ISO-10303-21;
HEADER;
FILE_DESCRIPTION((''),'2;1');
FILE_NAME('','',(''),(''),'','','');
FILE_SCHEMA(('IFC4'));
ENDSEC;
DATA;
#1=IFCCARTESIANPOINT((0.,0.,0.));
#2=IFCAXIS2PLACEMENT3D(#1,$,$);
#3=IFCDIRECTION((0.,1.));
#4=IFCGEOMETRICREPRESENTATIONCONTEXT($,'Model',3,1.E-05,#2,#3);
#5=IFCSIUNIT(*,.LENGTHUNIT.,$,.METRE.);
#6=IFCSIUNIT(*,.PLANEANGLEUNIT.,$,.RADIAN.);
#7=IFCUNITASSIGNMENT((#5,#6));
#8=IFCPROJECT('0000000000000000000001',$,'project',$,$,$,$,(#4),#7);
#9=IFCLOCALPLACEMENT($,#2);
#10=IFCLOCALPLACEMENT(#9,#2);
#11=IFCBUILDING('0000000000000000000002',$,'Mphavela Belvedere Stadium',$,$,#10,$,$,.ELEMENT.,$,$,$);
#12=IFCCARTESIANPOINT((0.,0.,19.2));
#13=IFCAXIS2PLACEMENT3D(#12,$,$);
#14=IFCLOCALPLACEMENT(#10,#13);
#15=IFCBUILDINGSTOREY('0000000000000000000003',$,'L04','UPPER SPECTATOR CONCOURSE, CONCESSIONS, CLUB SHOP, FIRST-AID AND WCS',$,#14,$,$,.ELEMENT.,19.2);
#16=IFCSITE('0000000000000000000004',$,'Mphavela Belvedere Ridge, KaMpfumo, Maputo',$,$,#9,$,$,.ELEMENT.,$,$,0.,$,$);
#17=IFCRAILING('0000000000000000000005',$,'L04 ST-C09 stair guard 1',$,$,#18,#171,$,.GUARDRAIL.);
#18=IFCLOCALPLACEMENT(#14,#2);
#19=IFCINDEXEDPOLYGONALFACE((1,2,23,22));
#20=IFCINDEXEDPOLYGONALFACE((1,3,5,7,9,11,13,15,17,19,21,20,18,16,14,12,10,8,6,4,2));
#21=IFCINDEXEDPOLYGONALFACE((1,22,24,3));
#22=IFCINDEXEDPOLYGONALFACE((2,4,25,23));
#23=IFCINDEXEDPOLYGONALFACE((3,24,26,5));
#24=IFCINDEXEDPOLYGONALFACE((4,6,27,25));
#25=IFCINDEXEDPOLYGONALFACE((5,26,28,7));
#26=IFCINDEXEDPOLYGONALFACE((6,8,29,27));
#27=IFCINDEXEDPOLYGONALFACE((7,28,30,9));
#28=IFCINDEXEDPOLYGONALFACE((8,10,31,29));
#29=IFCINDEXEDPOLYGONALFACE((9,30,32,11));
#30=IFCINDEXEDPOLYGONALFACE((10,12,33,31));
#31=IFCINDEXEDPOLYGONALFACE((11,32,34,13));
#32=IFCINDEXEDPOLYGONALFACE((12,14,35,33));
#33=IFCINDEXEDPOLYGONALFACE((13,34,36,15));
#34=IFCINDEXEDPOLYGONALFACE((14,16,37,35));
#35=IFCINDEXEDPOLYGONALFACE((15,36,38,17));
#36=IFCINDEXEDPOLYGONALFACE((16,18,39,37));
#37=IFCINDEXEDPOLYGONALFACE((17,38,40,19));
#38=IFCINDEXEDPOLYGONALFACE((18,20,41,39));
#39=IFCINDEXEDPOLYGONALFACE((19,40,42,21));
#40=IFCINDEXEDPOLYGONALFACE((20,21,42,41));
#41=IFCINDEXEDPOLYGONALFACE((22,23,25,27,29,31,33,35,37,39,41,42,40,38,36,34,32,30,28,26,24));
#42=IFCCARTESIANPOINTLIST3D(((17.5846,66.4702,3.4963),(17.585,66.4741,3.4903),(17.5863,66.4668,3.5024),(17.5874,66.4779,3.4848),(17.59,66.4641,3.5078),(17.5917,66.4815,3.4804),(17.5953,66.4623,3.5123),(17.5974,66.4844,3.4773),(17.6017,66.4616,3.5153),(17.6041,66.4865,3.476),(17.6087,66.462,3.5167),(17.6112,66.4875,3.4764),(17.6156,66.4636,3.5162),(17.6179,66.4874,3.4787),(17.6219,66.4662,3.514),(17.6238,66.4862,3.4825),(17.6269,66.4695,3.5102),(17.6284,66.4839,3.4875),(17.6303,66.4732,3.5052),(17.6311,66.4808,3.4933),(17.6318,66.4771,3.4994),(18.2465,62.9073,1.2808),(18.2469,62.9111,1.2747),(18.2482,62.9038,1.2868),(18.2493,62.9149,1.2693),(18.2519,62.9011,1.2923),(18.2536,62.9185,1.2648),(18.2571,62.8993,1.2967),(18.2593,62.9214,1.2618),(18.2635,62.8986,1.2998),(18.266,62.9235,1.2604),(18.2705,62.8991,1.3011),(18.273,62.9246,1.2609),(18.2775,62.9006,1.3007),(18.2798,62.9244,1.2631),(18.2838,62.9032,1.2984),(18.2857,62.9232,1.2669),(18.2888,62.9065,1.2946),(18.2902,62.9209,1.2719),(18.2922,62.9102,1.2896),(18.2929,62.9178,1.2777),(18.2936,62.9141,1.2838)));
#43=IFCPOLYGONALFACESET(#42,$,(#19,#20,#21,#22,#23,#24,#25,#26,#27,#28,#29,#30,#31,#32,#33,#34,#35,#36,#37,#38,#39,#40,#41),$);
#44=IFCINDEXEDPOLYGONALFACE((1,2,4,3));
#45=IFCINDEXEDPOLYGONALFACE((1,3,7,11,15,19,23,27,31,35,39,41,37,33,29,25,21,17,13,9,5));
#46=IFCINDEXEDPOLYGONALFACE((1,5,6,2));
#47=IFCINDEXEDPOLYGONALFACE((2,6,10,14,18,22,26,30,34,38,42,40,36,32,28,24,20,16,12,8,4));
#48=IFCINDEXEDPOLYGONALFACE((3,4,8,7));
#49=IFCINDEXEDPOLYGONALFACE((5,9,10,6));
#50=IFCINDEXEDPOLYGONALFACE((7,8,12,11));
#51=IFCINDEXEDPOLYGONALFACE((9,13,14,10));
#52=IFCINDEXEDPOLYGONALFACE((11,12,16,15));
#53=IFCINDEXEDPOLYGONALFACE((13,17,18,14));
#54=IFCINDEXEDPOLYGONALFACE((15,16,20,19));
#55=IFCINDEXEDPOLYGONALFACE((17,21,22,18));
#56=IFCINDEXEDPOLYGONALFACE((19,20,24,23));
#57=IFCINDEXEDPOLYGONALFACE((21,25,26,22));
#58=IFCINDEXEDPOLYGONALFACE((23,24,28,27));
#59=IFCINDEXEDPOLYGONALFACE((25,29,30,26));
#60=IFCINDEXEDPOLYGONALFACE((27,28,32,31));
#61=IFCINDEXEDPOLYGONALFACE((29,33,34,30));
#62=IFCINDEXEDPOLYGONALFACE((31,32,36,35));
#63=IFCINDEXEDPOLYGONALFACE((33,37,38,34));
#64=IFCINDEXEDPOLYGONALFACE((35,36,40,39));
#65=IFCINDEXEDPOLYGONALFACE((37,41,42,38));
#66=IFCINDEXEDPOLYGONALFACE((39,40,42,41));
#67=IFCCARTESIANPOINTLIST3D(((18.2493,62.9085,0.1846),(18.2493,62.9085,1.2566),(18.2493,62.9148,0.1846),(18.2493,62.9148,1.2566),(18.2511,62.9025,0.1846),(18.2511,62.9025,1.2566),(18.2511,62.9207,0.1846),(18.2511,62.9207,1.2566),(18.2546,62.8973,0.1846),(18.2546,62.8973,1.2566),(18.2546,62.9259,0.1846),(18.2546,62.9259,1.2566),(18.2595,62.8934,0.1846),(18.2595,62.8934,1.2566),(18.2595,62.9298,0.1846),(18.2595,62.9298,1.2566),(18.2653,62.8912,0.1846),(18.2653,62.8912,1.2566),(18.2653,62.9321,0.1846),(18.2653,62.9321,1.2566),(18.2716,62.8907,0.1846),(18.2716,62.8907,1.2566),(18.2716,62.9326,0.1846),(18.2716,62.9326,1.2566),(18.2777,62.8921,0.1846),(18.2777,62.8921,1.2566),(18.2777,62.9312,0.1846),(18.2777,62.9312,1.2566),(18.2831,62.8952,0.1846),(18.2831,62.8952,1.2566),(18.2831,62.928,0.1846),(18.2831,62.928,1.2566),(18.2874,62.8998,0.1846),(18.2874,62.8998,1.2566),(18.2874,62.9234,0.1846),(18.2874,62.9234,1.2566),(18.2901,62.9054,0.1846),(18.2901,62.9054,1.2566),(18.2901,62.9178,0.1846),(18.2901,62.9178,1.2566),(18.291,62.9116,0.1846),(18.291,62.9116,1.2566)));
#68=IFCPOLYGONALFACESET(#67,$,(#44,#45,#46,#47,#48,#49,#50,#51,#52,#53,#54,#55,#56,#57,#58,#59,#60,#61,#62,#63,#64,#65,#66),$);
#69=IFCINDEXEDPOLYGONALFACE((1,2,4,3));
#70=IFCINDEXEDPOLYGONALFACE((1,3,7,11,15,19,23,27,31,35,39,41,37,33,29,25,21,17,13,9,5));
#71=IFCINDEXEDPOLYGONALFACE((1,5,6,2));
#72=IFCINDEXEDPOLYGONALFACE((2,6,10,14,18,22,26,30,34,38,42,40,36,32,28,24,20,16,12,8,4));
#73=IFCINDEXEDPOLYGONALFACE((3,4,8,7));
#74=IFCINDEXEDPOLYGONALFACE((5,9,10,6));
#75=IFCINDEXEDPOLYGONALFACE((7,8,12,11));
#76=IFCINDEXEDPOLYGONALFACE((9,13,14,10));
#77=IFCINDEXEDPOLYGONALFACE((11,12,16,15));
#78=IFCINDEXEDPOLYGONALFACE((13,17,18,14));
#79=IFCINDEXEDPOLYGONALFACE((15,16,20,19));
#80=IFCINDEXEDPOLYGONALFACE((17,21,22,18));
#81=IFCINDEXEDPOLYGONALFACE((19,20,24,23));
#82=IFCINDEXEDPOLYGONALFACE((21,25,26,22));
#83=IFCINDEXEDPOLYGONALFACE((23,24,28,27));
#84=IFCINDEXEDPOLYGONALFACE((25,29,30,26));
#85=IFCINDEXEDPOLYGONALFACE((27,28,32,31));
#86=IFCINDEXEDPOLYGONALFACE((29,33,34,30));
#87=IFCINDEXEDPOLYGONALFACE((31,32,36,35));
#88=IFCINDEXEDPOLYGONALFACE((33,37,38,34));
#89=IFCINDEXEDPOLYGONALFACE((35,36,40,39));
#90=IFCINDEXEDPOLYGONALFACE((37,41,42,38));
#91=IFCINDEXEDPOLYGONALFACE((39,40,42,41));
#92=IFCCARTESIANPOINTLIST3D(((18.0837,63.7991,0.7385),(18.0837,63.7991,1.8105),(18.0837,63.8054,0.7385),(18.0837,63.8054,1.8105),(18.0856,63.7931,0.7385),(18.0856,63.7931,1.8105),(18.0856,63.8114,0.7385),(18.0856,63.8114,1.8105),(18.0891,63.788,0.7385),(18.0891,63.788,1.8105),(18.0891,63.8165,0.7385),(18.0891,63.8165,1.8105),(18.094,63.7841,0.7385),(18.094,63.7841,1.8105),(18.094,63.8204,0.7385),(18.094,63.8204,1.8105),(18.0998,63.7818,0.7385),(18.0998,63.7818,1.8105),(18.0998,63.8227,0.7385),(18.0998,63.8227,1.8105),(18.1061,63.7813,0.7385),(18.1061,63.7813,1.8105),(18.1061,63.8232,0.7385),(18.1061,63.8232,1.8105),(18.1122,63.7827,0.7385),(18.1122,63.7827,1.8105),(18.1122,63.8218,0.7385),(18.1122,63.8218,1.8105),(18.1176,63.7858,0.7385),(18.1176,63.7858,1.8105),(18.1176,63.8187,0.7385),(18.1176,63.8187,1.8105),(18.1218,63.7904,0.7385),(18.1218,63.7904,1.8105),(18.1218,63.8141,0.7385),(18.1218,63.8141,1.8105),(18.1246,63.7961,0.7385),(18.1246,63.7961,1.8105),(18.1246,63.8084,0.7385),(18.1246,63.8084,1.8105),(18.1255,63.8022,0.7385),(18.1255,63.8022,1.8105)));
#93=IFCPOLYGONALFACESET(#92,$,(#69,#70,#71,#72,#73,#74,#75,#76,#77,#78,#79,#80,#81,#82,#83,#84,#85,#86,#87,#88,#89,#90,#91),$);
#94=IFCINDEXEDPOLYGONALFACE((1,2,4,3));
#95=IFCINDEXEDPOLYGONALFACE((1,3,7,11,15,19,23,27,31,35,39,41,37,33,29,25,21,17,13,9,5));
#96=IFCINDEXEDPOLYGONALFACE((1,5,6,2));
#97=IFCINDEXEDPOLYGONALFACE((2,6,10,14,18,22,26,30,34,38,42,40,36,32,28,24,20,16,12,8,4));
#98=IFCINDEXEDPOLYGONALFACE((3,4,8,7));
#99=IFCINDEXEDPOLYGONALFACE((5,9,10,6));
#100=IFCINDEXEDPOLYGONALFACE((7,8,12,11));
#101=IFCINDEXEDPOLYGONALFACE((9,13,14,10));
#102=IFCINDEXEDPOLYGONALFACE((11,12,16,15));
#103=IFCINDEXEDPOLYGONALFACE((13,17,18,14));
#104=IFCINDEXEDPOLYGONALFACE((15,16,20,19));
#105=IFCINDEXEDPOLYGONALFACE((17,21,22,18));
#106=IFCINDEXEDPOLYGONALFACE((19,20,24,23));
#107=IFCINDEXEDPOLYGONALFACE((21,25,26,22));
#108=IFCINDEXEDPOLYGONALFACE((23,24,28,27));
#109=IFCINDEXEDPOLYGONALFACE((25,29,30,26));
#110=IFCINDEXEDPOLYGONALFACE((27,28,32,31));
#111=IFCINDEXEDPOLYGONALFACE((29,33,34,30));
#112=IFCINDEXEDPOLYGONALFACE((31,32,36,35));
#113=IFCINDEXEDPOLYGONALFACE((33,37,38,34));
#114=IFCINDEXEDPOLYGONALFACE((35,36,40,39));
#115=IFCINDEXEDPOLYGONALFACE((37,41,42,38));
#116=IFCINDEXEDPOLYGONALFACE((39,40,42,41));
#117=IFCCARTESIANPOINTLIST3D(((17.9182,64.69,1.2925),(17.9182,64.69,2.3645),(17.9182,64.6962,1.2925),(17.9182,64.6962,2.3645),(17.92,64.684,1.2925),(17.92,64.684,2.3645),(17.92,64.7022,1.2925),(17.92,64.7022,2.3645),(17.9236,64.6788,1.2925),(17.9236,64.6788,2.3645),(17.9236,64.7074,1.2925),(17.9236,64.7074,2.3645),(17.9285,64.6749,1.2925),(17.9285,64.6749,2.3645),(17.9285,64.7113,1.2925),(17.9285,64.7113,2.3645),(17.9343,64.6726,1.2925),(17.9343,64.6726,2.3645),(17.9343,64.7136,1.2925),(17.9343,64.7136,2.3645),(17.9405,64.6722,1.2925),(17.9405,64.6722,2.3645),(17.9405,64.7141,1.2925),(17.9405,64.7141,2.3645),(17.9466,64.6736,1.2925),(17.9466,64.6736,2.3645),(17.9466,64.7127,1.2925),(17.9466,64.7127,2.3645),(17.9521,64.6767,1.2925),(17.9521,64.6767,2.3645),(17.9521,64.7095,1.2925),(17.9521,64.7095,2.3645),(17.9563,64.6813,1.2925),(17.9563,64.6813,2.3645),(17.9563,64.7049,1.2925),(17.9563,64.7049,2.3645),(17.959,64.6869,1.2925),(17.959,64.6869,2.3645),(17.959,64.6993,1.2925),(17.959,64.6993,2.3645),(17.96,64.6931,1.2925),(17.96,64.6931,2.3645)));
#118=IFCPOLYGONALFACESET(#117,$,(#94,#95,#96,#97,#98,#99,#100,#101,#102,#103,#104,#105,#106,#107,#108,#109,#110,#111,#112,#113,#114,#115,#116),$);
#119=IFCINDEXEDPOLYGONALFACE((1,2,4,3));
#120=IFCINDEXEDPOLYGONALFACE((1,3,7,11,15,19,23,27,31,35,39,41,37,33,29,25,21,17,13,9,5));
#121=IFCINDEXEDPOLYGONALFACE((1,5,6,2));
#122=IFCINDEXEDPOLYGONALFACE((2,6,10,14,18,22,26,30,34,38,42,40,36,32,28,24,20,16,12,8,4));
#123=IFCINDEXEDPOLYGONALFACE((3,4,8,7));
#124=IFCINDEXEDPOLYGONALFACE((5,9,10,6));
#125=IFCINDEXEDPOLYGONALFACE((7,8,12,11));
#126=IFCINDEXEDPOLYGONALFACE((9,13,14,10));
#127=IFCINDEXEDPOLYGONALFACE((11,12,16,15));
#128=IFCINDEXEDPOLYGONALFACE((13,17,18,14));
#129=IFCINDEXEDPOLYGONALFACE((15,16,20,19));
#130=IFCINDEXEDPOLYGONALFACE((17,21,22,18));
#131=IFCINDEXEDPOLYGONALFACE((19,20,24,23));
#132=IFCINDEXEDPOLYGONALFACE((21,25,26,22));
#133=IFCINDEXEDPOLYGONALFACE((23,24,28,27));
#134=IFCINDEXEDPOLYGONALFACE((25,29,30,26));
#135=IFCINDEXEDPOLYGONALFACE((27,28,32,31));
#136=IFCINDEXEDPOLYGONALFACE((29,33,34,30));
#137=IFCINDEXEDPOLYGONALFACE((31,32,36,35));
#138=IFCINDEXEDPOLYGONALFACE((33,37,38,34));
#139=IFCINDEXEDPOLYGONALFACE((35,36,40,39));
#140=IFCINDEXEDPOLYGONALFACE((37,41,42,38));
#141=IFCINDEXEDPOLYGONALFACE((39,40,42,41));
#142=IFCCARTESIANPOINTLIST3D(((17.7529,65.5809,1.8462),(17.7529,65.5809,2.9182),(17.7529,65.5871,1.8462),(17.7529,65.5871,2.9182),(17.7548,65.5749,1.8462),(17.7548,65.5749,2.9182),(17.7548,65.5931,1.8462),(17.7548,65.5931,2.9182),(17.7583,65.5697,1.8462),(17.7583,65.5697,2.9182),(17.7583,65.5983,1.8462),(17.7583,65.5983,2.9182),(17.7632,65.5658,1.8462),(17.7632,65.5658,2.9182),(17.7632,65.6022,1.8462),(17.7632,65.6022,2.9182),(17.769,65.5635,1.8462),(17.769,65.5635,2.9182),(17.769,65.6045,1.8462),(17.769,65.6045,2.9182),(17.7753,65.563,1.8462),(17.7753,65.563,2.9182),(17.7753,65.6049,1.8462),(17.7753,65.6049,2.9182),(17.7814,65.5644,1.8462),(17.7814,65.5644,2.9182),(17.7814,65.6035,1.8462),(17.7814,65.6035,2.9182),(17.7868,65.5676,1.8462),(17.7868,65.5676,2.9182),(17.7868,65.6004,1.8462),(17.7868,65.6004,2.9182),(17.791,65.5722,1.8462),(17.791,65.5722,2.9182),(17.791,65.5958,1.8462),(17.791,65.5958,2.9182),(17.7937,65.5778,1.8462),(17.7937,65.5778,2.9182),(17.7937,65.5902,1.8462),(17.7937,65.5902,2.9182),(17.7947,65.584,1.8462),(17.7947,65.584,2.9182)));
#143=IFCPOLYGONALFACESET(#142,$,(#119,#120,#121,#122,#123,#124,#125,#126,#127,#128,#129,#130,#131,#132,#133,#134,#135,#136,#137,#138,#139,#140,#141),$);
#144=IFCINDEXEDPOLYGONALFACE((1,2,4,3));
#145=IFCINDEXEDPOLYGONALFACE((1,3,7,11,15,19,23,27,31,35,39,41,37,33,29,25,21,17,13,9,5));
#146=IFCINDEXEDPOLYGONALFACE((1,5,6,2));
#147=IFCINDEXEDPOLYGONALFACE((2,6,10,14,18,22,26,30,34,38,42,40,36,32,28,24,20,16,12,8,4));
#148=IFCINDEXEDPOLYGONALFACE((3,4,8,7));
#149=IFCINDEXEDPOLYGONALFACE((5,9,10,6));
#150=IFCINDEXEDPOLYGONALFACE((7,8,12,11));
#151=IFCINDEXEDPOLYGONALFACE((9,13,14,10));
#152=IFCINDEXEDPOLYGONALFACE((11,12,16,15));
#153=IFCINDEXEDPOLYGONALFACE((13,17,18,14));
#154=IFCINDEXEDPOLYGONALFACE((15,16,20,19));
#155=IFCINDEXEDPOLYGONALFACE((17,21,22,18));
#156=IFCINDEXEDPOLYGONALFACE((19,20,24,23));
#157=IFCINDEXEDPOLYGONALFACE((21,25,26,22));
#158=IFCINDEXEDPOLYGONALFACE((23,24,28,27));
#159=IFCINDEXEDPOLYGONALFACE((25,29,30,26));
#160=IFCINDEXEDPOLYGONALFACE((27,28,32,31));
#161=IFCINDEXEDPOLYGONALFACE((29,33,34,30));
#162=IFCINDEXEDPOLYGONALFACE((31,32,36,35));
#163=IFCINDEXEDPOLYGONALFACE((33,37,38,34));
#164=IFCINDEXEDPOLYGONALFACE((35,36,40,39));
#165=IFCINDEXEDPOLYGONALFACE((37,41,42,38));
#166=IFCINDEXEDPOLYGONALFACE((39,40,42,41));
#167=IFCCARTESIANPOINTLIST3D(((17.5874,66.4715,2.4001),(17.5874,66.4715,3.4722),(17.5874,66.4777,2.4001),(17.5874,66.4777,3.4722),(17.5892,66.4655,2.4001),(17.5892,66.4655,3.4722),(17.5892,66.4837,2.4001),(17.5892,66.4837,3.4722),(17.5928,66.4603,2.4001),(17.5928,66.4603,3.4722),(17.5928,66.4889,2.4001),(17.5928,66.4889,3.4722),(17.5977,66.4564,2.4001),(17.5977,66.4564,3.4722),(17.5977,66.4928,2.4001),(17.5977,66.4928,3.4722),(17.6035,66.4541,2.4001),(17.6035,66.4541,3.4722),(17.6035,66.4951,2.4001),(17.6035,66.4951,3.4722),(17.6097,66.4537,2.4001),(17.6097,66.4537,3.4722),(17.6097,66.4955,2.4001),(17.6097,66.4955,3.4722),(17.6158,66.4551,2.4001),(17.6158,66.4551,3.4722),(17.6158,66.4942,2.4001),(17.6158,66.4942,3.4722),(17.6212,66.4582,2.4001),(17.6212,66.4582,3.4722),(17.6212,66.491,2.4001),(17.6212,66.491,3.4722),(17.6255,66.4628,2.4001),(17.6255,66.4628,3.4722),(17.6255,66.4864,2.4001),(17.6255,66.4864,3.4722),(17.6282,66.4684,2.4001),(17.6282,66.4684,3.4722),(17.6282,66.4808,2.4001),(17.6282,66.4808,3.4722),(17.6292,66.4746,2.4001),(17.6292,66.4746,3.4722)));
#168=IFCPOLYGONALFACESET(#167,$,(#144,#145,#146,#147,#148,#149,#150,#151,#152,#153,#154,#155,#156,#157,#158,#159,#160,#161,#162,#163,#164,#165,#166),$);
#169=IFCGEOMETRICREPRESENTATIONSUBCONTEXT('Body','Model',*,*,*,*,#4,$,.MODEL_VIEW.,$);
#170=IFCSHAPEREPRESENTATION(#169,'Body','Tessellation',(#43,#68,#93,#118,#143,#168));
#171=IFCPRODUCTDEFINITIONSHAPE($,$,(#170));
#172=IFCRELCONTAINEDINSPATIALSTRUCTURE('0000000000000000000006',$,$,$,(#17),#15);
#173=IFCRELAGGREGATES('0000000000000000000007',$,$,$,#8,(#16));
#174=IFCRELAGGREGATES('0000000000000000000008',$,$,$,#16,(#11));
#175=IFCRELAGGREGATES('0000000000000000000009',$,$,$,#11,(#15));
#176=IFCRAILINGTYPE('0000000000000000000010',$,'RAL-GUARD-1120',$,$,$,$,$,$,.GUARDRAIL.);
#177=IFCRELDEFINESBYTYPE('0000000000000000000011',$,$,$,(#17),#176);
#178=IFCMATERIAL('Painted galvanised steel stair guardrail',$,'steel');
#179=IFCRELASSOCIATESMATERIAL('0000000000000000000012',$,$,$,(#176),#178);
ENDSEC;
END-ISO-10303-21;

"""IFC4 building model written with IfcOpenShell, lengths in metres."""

from ifc_helpers import new_model, si_unit, direction, frame, origin, origin_2d, place, context, subcontext, project, spatial, circle, extrude, material, type_object, element, save


model = new_model("IFC4")

# Units and contexts
model_context = context("Model", 3, precision=1e-05, world=origin(), true_north=direction((0.0, 1.0)))
body_context = subcontext(model_context, "Body", "Model", "MODEL_VIEW")
ifc_project = project(units=[si_unit("LENGTHUNIT", "METRE"), si_unit("PLANEANGLEUNIT", "RADIAN")], contexts=[model_context])

# Site, building, storey
site_placement = place(None, origin())
site = spatial("IfcSite", under=ifc_project, at=site_placement, Name="Mphavela Belvedere Ridge, KaMpfumo, Maputo", CompositionType="ELEMENT", RefElevation=0.0)
building_placement = place(site_placement, origin())
building = spatial("IfcBuilding", under=site, at=building_placement, Name="Mphavela Belvedere Stadium", CompositionType="ELEMENT")
storey_placement = place(building_placement, frame((0.0, 0.0, 19.2)))
storey = spatial("IfcBuildingStorey", under=building, at=storey_placement, Name="L04", Description="UPPER SPECTATOR CONCOURSE, CONCESSIONS, CLUB SHOP, FIRST-AID AND WCS", CompositionType="ELEMENT", Elevation=19.2)

# Railing
ifc_material_1 = material(Name="Painted galvanised steel stair guardrail", Category="steel")
railing_type_1 = type_object("IfcRailingType", Name="RAL-GUARD-1120", PredefinedType="GUARDRAIL", material=ifc_material_1)
railing_1_placement = place(storey_placement, frame((18.27, 62.9116, 0.1846)))
element("IfcRailing", 1, at=railing_1_placement, inside=storey, type_object=railing_type_1, Name="L04 ST-C09 stair guard 1", PredefinedType="GUARDRAIL", context=body_context, shape_type="SweptSolid", body=[
    extrude(circle(Radius=0.0239, at=origin_2d()), frame((0.0, 0.0, 1.0962), z_axis=(-0.155823, 0.838833, 0.521612), x_axis=(-0.98318, -0.182637, 0.0)), (0.0, 0.0, 1.0), 4.2476),
    extrude(circle(Radius=0.021, at=origin_2d()), origin(), (0.0, 0.0, 1.0), 1.072),
    extrude(circle(Radius=0.021, at=origin_2d()), frame((-0.1655, 0.8906, 0.554)), (0.0, 0.0, 1.0), 1.072),
    extrude(circle(Radius=0.021, at=origin_2d()), frame((-0.3311, 1.7815, 1.1079)), (0.0, 0.0, 1.0), 1.072),
    extrude(circle(Radius=0.021, at=origin_2d()), frame((-0.4963, 2.6724, 1.6616)), (0.0, 0.0, 1.0), 1.072),
    extrude(circle(Radius=0.021, at=origin_2d()), frame((-0.6619, 3.563, 2.2156)), (0.0, 0.0, 1.0), 1.072),
])

save(model, "model.ifc")
